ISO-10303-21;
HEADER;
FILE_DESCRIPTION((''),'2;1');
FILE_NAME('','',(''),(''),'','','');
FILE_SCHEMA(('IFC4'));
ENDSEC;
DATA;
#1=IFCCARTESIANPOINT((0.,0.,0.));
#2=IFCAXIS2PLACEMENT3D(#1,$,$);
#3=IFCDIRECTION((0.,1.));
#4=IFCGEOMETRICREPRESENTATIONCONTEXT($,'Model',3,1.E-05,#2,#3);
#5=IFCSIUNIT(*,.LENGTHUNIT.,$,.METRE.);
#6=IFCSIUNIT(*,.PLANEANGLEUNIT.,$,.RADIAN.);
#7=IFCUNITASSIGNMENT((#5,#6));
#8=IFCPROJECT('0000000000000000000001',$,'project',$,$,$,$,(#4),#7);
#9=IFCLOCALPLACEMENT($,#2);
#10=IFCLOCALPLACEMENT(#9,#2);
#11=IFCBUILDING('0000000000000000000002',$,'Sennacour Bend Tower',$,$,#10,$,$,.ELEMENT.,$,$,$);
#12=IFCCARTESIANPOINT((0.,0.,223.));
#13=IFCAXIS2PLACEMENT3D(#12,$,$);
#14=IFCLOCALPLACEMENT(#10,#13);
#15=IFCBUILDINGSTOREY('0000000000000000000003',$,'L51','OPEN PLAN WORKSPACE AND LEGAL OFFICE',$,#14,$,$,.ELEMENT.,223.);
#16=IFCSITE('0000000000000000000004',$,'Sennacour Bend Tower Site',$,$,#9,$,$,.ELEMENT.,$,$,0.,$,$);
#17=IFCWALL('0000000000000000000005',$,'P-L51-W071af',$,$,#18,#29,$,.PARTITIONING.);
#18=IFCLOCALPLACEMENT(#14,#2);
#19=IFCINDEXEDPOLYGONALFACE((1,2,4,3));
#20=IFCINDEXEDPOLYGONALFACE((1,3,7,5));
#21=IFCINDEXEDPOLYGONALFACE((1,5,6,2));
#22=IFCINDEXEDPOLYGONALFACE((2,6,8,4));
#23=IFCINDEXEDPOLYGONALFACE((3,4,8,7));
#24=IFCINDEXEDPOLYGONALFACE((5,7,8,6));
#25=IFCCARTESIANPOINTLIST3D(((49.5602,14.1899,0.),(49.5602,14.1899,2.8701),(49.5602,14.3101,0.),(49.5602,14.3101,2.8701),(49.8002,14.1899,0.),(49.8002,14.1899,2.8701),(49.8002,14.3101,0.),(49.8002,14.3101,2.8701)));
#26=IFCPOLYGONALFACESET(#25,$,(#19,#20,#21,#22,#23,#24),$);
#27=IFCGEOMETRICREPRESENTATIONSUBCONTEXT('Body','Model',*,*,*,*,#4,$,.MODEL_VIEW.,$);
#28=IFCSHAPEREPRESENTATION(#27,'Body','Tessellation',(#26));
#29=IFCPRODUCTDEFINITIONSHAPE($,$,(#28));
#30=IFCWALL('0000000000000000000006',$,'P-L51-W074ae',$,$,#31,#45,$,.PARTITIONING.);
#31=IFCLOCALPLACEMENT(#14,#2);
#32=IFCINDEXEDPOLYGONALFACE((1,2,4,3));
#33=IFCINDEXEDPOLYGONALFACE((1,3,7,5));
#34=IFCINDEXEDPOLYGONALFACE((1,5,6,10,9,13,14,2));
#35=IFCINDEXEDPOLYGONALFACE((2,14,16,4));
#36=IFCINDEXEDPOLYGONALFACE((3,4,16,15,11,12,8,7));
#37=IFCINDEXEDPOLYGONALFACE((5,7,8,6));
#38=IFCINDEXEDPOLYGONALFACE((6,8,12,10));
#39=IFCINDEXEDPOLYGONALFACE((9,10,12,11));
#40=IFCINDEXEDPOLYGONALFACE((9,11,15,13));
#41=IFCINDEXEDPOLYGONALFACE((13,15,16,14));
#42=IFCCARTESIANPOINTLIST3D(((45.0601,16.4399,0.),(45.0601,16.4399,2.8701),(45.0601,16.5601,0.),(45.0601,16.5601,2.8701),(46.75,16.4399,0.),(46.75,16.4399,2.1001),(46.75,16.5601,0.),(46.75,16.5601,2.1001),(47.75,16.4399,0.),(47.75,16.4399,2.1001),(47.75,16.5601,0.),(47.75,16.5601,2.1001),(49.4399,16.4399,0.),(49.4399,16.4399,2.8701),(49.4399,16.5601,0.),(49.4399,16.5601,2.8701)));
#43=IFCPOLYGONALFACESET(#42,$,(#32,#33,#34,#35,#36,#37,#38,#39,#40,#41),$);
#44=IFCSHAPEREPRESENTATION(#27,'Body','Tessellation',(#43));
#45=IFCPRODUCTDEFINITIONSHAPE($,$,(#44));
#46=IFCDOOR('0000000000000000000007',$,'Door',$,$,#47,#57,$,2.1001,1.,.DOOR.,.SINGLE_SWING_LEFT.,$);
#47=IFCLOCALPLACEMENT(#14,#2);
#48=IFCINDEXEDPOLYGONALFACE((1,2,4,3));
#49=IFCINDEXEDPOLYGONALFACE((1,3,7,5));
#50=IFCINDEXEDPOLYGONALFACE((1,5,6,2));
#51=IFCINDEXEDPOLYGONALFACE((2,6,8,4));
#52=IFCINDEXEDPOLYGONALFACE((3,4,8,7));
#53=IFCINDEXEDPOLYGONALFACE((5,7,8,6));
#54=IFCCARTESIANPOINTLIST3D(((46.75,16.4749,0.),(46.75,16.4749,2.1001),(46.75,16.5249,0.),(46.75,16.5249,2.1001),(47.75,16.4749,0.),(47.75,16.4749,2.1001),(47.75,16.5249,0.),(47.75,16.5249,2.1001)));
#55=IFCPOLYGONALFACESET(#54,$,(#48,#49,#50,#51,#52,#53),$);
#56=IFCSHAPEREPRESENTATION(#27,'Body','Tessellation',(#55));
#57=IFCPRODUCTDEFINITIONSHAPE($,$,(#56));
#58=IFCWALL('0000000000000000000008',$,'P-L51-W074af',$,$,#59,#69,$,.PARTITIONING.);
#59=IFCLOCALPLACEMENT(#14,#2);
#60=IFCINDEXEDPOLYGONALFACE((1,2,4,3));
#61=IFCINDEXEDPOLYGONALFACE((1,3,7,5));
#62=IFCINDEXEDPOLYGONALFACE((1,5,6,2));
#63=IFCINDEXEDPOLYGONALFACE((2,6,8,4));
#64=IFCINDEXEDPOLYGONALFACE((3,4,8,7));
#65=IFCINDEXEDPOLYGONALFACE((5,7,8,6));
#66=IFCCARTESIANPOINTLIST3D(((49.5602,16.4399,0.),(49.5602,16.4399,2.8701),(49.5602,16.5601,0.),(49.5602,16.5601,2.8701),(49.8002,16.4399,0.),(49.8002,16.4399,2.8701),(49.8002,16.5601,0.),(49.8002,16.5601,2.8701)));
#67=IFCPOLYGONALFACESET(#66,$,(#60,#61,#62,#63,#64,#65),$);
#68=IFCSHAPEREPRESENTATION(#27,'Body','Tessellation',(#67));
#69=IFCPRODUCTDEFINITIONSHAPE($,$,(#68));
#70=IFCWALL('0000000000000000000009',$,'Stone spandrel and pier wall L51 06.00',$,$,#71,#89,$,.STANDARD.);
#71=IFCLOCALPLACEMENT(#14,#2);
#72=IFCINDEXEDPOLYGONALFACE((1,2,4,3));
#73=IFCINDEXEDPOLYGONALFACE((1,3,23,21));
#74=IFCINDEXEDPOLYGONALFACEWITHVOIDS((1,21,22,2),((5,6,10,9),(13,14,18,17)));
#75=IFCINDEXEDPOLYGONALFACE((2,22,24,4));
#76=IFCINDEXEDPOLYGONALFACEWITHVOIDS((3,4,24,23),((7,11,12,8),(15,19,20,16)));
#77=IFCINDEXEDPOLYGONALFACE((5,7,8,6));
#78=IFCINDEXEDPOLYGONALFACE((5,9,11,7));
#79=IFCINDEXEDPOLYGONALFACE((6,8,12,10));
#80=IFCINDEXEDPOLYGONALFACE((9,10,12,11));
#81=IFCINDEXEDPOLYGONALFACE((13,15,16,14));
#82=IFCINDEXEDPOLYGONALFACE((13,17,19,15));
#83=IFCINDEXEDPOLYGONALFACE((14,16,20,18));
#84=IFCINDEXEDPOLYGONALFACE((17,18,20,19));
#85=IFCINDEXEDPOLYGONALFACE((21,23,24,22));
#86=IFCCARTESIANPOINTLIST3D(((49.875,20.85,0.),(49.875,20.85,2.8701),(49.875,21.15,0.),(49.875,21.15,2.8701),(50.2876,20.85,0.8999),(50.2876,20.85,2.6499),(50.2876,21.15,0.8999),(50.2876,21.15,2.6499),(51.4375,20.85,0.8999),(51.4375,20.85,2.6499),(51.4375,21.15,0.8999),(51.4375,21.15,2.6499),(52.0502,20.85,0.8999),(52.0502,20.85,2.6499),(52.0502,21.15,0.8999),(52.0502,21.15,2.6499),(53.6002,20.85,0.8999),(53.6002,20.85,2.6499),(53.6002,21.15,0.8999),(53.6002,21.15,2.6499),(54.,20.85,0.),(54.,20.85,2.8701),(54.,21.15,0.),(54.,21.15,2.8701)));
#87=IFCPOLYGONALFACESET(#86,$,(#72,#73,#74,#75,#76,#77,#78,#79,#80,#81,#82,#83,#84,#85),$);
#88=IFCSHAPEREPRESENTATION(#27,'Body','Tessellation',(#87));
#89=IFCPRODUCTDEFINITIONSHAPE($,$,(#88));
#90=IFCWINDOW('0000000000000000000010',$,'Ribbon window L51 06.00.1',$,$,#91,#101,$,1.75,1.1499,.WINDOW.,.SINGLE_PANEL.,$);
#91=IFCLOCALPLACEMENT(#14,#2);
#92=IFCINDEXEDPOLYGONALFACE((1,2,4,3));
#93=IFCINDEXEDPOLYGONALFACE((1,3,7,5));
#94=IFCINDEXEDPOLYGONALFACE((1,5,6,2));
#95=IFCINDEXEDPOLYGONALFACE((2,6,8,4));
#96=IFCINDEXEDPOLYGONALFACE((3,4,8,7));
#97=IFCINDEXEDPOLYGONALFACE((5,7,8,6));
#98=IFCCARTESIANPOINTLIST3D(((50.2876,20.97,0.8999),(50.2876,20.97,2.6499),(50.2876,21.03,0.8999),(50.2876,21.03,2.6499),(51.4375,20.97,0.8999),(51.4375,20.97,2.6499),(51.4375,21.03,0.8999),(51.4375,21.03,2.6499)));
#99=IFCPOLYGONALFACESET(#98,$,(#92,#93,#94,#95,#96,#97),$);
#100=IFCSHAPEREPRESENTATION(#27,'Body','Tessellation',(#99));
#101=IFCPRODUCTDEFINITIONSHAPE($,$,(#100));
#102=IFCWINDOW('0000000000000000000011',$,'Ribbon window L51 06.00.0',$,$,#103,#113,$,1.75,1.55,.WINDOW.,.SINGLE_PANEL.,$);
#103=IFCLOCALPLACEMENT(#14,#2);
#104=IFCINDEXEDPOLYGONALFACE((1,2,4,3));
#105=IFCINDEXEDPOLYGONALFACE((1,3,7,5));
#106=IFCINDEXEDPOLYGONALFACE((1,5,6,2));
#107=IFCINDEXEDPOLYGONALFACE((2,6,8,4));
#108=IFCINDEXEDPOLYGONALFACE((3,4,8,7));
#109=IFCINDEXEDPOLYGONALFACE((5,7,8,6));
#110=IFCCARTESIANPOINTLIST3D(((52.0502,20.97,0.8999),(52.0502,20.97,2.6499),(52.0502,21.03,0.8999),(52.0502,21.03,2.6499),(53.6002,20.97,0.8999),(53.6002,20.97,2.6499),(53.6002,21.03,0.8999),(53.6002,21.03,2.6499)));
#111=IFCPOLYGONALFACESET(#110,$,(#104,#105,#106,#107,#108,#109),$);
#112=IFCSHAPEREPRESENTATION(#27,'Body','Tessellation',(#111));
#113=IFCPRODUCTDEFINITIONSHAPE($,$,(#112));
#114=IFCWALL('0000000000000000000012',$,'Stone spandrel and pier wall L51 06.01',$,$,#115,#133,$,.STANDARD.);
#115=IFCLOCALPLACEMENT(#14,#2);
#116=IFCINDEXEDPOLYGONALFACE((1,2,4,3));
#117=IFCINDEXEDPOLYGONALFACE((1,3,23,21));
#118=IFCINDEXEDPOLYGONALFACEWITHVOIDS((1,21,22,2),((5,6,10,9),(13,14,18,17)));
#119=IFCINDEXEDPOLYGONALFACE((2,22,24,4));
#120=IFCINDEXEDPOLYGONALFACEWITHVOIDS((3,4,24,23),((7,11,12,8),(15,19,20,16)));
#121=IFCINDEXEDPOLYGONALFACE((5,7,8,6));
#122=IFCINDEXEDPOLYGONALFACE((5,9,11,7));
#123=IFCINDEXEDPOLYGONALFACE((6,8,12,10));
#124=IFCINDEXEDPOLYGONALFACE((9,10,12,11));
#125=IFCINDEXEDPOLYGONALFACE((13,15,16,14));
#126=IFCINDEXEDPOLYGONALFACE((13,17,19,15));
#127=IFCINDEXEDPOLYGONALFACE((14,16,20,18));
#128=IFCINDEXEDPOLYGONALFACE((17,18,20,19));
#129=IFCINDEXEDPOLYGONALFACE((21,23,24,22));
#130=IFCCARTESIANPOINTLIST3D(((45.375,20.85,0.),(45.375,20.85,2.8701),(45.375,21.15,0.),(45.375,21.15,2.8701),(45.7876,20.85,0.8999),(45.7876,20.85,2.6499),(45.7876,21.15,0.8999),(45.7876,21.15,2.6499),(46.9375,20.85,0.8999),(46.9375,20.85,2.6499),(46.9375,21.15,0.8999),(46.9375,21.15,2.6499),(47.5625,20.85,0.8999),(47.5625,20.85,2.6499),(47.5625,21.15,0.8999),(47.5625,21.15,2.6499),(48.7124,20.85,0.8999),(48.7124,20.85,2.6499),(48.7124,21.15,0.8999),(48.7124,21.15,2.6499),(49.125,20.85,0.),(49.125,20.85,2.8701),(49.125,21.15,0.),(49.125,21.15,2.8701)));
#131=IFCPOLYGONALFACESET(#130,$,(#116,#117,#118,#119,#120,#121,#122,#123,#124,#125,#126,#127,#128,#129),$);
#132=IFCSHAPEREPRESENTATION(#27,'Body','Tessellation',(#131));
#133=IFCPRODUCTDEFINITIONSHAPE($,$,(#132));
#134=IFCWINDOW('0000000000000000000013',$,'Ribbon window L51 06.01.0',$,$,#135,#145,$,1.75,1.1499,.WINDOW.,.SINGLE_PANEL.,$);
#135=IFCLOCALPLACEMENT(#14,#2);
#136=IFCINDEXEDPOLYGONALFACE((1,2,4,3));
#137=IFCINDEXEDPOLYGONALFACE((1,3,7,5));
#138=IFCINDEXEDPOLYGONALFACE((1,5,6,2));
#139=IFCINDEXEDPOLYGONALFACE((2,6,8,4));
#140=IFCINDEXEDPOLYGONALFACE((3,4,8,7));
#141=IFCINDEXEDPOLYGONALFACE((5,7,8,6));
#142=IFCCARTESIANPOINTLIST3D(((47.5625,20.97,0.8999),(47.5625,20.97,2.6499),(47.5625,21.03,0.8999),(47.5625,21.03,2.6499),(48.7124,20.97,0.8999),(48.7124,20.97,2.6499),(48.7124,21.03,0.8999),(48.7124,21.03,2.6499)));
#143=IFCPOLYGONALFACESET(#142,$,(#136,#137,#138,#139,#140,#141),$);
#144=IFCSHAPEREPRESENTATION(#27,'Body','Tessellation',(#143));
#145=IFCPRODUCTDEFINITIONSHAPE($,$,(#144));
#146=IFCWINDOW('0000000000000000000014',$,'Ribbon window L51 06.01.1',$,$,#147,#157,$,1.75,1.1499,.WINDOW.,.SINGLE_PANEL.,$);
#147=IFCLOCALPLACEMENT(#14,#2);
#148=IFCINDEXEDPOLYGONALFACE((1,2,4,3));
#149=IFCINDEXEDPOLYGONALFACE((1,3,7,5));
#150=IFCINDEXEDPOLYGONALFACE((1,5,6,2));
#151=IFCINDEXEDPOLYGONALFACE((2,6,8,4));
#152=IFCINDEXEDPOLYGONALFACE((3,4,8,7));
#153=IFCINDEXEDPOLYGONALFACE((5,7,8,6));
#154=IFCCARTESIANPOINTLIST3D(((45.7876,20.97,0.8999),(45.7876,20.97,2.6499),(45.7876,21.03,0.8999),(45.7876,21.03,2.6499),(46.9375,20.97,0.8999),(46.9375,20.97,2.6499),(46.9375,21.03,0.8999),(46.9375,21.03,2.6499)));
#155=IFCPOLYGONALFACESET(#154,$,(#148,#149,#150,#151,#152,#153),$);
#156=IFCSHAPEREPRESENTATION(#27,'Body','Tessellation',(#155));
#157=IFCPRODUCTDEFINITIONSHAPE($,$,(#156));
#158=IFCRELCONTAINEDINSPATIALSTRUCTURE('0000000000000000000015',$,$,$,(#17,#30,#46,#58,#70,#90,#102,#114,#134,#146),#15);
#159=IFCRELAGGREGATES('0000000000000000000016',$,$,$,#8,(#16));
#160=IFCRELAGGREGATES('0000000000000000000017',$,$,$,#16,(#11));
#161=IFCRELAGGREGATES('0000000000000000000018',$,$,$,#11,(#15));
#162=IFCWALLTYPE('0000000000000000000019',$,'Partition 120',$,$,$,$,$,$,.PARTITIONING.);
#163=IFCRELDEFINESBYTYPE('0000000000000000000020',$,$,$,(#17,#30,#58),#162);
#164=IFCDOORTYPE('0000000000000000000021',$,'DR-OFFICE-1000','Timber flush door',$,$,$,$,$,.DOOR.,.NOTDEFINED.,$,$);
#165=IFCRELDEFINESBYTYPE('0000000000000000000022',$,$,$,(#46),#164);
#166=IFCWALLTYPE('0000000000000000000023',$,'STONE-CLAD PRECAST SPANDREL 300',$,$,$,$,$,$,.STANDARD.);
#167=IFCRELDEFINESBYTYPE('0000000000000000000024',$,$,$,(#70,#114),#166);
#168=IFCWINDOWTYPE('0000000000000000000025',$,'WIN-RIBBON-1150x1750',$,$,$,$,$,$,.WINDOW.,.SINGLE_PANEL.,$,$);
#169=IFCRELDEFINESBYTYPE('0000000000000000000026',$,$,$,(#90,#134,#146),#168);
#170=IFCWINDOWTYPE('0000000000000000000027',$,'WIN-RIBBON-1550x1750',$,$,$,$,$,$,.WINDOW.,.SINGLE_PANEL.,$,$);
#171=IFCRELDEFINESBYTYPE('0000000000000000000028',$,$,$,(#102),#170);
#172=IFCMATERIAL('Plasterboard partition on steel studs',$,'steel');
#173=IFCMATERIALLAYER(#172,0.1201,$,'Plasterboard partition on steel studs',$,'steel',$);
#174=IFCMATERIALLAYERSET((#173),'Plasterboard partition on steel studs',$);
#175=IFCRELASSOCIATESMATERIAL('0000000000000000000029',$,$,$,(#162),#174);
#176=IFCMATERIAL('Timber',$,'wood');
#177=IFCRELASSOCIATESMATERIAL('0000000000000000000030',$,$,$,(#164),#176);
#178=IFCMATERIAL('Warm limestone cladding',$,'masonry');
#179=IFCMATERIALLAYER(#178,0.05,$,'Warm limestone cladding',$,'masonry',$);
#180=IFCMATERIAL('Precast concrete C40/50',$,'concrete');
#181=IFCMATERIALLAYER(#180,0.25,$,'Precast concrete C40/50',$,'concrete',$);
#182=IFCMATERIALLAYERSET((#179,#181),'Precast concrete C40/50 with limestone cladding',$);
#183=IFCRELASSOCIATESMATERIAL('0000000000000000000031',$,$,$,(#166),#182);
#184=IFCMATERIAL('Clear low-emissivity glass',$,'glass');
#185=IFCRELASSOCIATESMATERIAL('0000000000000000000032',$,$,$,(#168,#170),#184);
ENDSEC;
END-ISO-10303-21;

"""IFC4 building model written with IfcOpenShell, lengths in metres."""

from ifc_helpers import new_model, si_unit, direction, frame, frame_2d, origin, place, context, subcontext, project, spatial, rectangle, extrude, material, layer, layer_set, type_object, element, fill, save


model = new_model("IFC4")

# Units and contexts
model_context = context("Model", 3, precision=1e-05, world=origin(), true_north=direction((0.0, 1.0)))
body_context = subcontext(model_context, "Body", "Model", "MODEL_VIEW")
ifc_project = project(units=[si_unit("LENGTHUNIT", "METRE"), si_unit("PLANEANGLEUNIT", "RADIAN")], contexts=[model_context])

# Site, building, storey
site_placement = place(None, origin())
site = spatial("IfcSite", under=ifc_project, at=site_placement, Name="Sennacour Bend Tower Site", CompositionType="ELEMENT", RefElevation=0.0)
building_placement = place(site_placement, origin())
building = spatial("IfcBuilding", under=site, at=building_placement, Name="Sennacour Bend Tower", CompositionType="ELEMENT")
storey_placement = place(building_placement, frame((0.0, 0.0, 223.0)))
storey = spatial("IfcBuildingStorey", under=building, at=storey_placement, Name="L51", Description="OPEN PLAN WORKSPACE AND LEGAL OFFICE", CompositionType="ELEMENT", Elevation=223.0)

# Wall
ifc_material_1 = material(Name="Plasterboard partition on steel studs", Category="steel")
ifc_layer_1 = layer(ifc_material_1, 0.1201, Name="Plasterboard partition on steel studs", Category="steel")
ifc_layer_set_1 = layer_set([ifc_layer_1], Name="Plasterboard partition on steel studs")
wall_type_1 = type_object("IfcWallType", Name="Partition 120", PredefinedType="PARTITIONING", material=ifc_layer_set_1)
wall_1_placement = place(storey_placement, frame((49.5601, 14.25, 0.0), z_axis=(0.0, 0.0, 1.0), x_axis=(1.0, 0.0, 0.0)))
element("IfcWall", 1, at=wall_1_placement, inside=storey, type_object=wall_type_1, Name="P-L51-W071af", PredefinedType="PARTITIONING", context=body_context, shape_type="SweptSolid", body=[
    extrude(rectangle(XDim=0.24, YDim=0.1201, at=frame_2d((0.1201, 0.0))), origin(), (0.0, 0.0, 1.0), 2.8701),
])

# Wall, opening, door
wall_2_placement = place(storey_placement, frame((45.0601, 16.5, 0.0), z_axis=(0.0, 0.0, 1.0), x_axis=(1.0, 0.0, 0.0)))
wall_2 = element("IfcWall", 2, at=wall_2_placement, inside=storey, type_object=wall_type_1, Name="P-L51-W074ae", PredefinedType="PARTITIONING", context=body_context, shape_type="SweptSolid", body=[
    extrude(rectangle(XDim=4.3799, YDim=0.1201, at=frame_2d((2.1899, 0.0))), origin(), (0.0, 0.0, 1.0), 2.8701),
])
opening_1_placement = place(wall_2_placement, frame((1.6899, 0.0, 0.0)))
opening_1 = element("IfcOpeningElement", 3, at=opening_1_placement, cuts=wall_2, PredefinedType="OPENING", context=body_context, shape_type="SweptSolid", body=[
    extrude(rectangle(XDim=1.0, YDim=2.1001, at=frame_2d((0.5, 1.05))), frame((0.0, 0.0701, 0.0), z_axis=(0.0, -1.0, 0.0), x_axis=(1.0, 0.0, 0.0)), (0.0, 0.0, 1.0), 0.1401),
])
ifc_material_2 = material(Name="Timber", Category="wood")
door_type_1 = type_object("IfcDoorType", Name="DR-OFFICE-1000", Description="Timber flush door", OperationType="NOTDEFINED", PredefinedType="DOOR", material=ifc_material_2)
door_1_placement = place(opening_1_placement, origin())
door_1 = element("IfcDoor", 4, at=door_1_placement, inside=storey, type_object=door_type_1, Name="Door", OperationType="SINGLE_SWING_LEFT", OverallHeight=2.1001, OverallWidth=1.0, PredefinedType="DOOR", context=body_context, shape_type="SweptSolid", body=[
    extrude(rectangle(XDim=1.0, YDim=2.1001, at=frame_2d((0.5, 1.05))), frame((0.0, 0.0249, 0.0), z_axis=(0.0, -1.0, 0.0), x_axis=(1.0, 0.0, 0.0)), (0.0, 0.0, 1.0), 0.05),
])
fill(opening_1, door_1)

# Wall
wall_3_placement = place(storey_placement, frame((49.5601, 16.5, 0.0), z_axis=(0.0, 0.0, 1.0), x_axis=(1.0, 0.0, 0.0)))
element("IfcWall", 5, at=wall_3_placement, inside=storey, type_object=wall_type_1, Name="P-L51-W074af", PredefinedType="PARTITIONING", context=body_context, shape_type="SweptSolid", body=[
    extrude(rectangle(XDim=0.24, YDim=0.1201, at=frame_2d((0.1201, 0.0))), origin(), (0.0, 0.0, 1.0), 2.8701),
])

# Walls, openings, windows
ifc_material_3 = material(Name="Warm limestone cladding", Category="masonry")
ifc_layer_2 = layer(ifc_material_3, 0.05, Name="Warm limestone cladding", Category="masonry")
ifc_material_4 = material(Name="Precast concrete C40/50", Category="concrete")
ifc_layer_3 = layer(ifc_material_4, 0.25, Name="Precast concrete C40/50", Category="concrete")
ifc_layer_set_2 = layer_set([ifc_layer_2, ifc_layer_3], Name="Precast concrete C40/50 with limestone cladding")
wall_type_2 = type_object("IfcWallType", Name="STONE-CLAD PRECAST SPANDREL 300", PredefinedType="STANDARD", material=ifc_layer_set_2)
wall_4_placement = place(storey_placement, frame((54.0, 21.0, 0.0), z_axis=(0.0, 0.0, 1.0), x_axis=(-1.0, 0.0, 0.0)))
wall_4 = element("IfcWall", 6, at=wall_4_placement, inside=storey, type_object=wall_type_2, Name="Stone spandrel and pier wall L51 06.00", PredefinedType="STANDARD", context=body_context, shape_type="SweptSolid", body=[
    extrude(rectangle(XDim=4.125, YDim=0.3, at=frame_2d((2.0625, 0.0))), origin(), (0.0, 0.0, 1.0), 2.8701),
])
opening_2_placement = place(wall_4_placement, frame((0.3999, 0.0, 0.8999)))
opening_2 = element("IfcOpeningElement", 7, at=opening_2_placement, cuts=wall_4, PredefinedType="OPENING", context=body_context, shape_type="SweptSolid", body=[
    extrude(rectangle(XDim=1.55, YDim=1.75, at=frame_2d((0.7749, 0.875))), frame((0.0, 0.1602, 0.0), z_axis=(0.0, -1.0, 0.0), x_axis=(1.0, 0.0, 0.0)), (0.0, 0.0, 1.0), 0.3201),
])
opening_3_placement = place(wall_4_placement, frame((2.5625, 0.0, 0.8999)))
opening_3 = element("IfcOpeningElement", 8, at=opening_3_placement, cuts=wall_4, PredefinedType="OPENING", context=body_context, shape_type="SweptSolid", body=[
    extrude(rectangle(XDim=1.1499, YDim=1.75, at=frame_2d((0.575, 0.875))), frame((0.0, 0.1602, 0.0), z_axis=(0.0, -1.0, 0.0), x_axis=(1.0, 0.0, 0.0)), (0.0, 0.0, 1.0), 0.3201),
])
ifc_material_5 = material(Name="Clear low-emissivity glass", Category="glass")
window_type_1 = type_object("IfcWindowType", Name="WIN-RIBBON-1150x1750", PartitioningType="SINGLE_PANEL", PredefinedType="WINDOW", material=ifc_material_5)
window_1_placement = place(opening_3_placement, origin())
window_1 = element("IfcWindow", 9, at=window_1_placement, inside=storey, type_object=window_type_1, Name="Ribbon window L51 06.00.1", OverallHeight=1.75, OverallWidth=1.1499, PartitioningType="SINGLE_PANEL", PredefinedType="WINDOW", context=body_context, shape_type="SweptSolid", body=[
    extrude(rectangle(XDim=1.1499, YDim=1.75, at=frame_2d((0.575, 0.875))), frame((0.0, 0.03, 0.0), z_axis=(0.0, -1.0, 0.0), x_axis=(1.0, 0.0, 0.0)), (0.0, 0.0, 1.0), 0.0601),
])
fill(opening_3, window_1)
window_type_2 = type_object("IfcWindowType", Name="WIN-RIBBON-1550x1750", PartitioningType="SINGLE_PANEL", PredefinedType="WINDOW", material=ifc_material_5)
window_2_placement = place(opening_2_placement, origin())
window_2 = element("IfcWindow", 10, at=window_2_placement, inside=storey, type_object=window_type_2, Name="Ribbon window L51 06.00.0", OverallHeight=1.75, OverallWidth=1.55, PartitioningType="SINGLE_PANEL", PredefinedType="WINDOW", context=body_context, shape_type="SweptSolid", body=[
    extrude(rectangle(XDim=1.55, YDim=1.75, at=frame_2d((0.7749, 0.875))), frame((0.0, 0.03, 0.0), z_axis=(0.0, -1.0, 0.0), x_axis=(1.0, 0.0, 0.0)), (0.0, 0.0, 1.0), 0.0601),
])
fill(opening_2, window_2)
wall_5_placement = place(storey_placement, frame((49.125, 21.0, 0.0), z_axis=(0.0, 0.0, 1.0), x_axis=(-1.0, 0.0, 0.0)))
wall_5 = element("IfcWall", 11, at=wall_5_placement, inside=storey, type_object=wall_type_2, Name="Stone spandrel and pier wall L51 06.01", PredefinedType="STANDARD", context=body_context, shape_type="SweptSolid", body=[
    extrude(rectangle(XDim=3.75, YDim=0.3, at=frame_2d((1.875, 0.0))), origin(), (0.0, 0.0, 1.0), 2.8701),
])
opening_4_placement = place(wall_5_placement, frame((0.4126, 0.0, 0.8999)))
opening_4 = element("IfcOpeningElement", 12, at=opening_4_placement, cuts=wall_5, PredefinedType="OPENING", context=body_context, shape_type="SweptSolid", body=[
    extrude(rectangle(XDim=1.1499, YDim=1.75, at=frame_2d((0.575, 0.875))), frame((0.0, 0.1602, 0.0), z_axis=(0.0, -1.0, 0.0), x_axis=(1.0, 0.0, 0.0)), (0.0, 0.0, 1.0), 0.3201),
])
opening_5_placement = place(wall_5_placement, frame((2.1875, 0.0, 0.8999)))
opening_5 = element("IfcOpeningElement", 13, at=opening_5_placement, cuts=wall_5, PredefinedType="OPENING", context=body_context, shape_type="SweptSolid", body=[
    extrude(rectangle(XDim=1.1499, YDim=1.75, at=frame_2d((0.575, 0.875))), frame((0.0, 0.1602, 0.0), z_axis=(0.0, -1.0, 0.0), x_axis=(1.0, 0.0, 0.0)), (0.0, 0.0, 1.0), 0.3201),
])
window_3_placement = place(opening_4_placement, origin())
window_3 = element("IfcWindow", 14, at=window_3_placement, inside=storey, type_object=window_type_1, Name="Ribbon window L51 06.01.0", OverallHeight=1.75, OverallWidth=1.1499, PartitioningType="SINGLE_PANEL", PredefinedType="WINDOW", context=body_context, shape_type="SweptSolid", body=[
    extrude(rectangle(XDim=1.1499, YDim=1.75, at=frame_2d((0.575, 0.875))), frame((0.0, 0.03, 0.0), z_axis=(0.0, -1.0, 0.0), x_axis=(1.0, 0.0, 0.0)), (0.0, 0.0, 1.0), 0.0601),
])
fill(opening_4, window_3)
window_4_placement = place(opening_5_placement, origin())
window_4 = element("IfcWindow", 15, at=window_4_placement, inside=storey, type_object=window_type_1, Name="Ribbon window L51 06.01.1", OverallHeight=1.75, OverallWidth=1.1499, PartitioningType="SINGLE_PANEL", PredefinedType="WINDOW", context=body_context, shape_type="SweptSolid", body=[
    extrude(rectangle(XDim=1.1499, YDim=1.75, at=frame_2d((0.575, 0.875))), frame((0.0, 0.03, 0.0), z_axis=(0.0, -1.0, 0.0), x_axis=(1.0, 0.0, 0.0)), (0.0, 0.0, 1.0), 0.0601),
])
fill(opening_5, window_4)

save(model, "model.ifc")
